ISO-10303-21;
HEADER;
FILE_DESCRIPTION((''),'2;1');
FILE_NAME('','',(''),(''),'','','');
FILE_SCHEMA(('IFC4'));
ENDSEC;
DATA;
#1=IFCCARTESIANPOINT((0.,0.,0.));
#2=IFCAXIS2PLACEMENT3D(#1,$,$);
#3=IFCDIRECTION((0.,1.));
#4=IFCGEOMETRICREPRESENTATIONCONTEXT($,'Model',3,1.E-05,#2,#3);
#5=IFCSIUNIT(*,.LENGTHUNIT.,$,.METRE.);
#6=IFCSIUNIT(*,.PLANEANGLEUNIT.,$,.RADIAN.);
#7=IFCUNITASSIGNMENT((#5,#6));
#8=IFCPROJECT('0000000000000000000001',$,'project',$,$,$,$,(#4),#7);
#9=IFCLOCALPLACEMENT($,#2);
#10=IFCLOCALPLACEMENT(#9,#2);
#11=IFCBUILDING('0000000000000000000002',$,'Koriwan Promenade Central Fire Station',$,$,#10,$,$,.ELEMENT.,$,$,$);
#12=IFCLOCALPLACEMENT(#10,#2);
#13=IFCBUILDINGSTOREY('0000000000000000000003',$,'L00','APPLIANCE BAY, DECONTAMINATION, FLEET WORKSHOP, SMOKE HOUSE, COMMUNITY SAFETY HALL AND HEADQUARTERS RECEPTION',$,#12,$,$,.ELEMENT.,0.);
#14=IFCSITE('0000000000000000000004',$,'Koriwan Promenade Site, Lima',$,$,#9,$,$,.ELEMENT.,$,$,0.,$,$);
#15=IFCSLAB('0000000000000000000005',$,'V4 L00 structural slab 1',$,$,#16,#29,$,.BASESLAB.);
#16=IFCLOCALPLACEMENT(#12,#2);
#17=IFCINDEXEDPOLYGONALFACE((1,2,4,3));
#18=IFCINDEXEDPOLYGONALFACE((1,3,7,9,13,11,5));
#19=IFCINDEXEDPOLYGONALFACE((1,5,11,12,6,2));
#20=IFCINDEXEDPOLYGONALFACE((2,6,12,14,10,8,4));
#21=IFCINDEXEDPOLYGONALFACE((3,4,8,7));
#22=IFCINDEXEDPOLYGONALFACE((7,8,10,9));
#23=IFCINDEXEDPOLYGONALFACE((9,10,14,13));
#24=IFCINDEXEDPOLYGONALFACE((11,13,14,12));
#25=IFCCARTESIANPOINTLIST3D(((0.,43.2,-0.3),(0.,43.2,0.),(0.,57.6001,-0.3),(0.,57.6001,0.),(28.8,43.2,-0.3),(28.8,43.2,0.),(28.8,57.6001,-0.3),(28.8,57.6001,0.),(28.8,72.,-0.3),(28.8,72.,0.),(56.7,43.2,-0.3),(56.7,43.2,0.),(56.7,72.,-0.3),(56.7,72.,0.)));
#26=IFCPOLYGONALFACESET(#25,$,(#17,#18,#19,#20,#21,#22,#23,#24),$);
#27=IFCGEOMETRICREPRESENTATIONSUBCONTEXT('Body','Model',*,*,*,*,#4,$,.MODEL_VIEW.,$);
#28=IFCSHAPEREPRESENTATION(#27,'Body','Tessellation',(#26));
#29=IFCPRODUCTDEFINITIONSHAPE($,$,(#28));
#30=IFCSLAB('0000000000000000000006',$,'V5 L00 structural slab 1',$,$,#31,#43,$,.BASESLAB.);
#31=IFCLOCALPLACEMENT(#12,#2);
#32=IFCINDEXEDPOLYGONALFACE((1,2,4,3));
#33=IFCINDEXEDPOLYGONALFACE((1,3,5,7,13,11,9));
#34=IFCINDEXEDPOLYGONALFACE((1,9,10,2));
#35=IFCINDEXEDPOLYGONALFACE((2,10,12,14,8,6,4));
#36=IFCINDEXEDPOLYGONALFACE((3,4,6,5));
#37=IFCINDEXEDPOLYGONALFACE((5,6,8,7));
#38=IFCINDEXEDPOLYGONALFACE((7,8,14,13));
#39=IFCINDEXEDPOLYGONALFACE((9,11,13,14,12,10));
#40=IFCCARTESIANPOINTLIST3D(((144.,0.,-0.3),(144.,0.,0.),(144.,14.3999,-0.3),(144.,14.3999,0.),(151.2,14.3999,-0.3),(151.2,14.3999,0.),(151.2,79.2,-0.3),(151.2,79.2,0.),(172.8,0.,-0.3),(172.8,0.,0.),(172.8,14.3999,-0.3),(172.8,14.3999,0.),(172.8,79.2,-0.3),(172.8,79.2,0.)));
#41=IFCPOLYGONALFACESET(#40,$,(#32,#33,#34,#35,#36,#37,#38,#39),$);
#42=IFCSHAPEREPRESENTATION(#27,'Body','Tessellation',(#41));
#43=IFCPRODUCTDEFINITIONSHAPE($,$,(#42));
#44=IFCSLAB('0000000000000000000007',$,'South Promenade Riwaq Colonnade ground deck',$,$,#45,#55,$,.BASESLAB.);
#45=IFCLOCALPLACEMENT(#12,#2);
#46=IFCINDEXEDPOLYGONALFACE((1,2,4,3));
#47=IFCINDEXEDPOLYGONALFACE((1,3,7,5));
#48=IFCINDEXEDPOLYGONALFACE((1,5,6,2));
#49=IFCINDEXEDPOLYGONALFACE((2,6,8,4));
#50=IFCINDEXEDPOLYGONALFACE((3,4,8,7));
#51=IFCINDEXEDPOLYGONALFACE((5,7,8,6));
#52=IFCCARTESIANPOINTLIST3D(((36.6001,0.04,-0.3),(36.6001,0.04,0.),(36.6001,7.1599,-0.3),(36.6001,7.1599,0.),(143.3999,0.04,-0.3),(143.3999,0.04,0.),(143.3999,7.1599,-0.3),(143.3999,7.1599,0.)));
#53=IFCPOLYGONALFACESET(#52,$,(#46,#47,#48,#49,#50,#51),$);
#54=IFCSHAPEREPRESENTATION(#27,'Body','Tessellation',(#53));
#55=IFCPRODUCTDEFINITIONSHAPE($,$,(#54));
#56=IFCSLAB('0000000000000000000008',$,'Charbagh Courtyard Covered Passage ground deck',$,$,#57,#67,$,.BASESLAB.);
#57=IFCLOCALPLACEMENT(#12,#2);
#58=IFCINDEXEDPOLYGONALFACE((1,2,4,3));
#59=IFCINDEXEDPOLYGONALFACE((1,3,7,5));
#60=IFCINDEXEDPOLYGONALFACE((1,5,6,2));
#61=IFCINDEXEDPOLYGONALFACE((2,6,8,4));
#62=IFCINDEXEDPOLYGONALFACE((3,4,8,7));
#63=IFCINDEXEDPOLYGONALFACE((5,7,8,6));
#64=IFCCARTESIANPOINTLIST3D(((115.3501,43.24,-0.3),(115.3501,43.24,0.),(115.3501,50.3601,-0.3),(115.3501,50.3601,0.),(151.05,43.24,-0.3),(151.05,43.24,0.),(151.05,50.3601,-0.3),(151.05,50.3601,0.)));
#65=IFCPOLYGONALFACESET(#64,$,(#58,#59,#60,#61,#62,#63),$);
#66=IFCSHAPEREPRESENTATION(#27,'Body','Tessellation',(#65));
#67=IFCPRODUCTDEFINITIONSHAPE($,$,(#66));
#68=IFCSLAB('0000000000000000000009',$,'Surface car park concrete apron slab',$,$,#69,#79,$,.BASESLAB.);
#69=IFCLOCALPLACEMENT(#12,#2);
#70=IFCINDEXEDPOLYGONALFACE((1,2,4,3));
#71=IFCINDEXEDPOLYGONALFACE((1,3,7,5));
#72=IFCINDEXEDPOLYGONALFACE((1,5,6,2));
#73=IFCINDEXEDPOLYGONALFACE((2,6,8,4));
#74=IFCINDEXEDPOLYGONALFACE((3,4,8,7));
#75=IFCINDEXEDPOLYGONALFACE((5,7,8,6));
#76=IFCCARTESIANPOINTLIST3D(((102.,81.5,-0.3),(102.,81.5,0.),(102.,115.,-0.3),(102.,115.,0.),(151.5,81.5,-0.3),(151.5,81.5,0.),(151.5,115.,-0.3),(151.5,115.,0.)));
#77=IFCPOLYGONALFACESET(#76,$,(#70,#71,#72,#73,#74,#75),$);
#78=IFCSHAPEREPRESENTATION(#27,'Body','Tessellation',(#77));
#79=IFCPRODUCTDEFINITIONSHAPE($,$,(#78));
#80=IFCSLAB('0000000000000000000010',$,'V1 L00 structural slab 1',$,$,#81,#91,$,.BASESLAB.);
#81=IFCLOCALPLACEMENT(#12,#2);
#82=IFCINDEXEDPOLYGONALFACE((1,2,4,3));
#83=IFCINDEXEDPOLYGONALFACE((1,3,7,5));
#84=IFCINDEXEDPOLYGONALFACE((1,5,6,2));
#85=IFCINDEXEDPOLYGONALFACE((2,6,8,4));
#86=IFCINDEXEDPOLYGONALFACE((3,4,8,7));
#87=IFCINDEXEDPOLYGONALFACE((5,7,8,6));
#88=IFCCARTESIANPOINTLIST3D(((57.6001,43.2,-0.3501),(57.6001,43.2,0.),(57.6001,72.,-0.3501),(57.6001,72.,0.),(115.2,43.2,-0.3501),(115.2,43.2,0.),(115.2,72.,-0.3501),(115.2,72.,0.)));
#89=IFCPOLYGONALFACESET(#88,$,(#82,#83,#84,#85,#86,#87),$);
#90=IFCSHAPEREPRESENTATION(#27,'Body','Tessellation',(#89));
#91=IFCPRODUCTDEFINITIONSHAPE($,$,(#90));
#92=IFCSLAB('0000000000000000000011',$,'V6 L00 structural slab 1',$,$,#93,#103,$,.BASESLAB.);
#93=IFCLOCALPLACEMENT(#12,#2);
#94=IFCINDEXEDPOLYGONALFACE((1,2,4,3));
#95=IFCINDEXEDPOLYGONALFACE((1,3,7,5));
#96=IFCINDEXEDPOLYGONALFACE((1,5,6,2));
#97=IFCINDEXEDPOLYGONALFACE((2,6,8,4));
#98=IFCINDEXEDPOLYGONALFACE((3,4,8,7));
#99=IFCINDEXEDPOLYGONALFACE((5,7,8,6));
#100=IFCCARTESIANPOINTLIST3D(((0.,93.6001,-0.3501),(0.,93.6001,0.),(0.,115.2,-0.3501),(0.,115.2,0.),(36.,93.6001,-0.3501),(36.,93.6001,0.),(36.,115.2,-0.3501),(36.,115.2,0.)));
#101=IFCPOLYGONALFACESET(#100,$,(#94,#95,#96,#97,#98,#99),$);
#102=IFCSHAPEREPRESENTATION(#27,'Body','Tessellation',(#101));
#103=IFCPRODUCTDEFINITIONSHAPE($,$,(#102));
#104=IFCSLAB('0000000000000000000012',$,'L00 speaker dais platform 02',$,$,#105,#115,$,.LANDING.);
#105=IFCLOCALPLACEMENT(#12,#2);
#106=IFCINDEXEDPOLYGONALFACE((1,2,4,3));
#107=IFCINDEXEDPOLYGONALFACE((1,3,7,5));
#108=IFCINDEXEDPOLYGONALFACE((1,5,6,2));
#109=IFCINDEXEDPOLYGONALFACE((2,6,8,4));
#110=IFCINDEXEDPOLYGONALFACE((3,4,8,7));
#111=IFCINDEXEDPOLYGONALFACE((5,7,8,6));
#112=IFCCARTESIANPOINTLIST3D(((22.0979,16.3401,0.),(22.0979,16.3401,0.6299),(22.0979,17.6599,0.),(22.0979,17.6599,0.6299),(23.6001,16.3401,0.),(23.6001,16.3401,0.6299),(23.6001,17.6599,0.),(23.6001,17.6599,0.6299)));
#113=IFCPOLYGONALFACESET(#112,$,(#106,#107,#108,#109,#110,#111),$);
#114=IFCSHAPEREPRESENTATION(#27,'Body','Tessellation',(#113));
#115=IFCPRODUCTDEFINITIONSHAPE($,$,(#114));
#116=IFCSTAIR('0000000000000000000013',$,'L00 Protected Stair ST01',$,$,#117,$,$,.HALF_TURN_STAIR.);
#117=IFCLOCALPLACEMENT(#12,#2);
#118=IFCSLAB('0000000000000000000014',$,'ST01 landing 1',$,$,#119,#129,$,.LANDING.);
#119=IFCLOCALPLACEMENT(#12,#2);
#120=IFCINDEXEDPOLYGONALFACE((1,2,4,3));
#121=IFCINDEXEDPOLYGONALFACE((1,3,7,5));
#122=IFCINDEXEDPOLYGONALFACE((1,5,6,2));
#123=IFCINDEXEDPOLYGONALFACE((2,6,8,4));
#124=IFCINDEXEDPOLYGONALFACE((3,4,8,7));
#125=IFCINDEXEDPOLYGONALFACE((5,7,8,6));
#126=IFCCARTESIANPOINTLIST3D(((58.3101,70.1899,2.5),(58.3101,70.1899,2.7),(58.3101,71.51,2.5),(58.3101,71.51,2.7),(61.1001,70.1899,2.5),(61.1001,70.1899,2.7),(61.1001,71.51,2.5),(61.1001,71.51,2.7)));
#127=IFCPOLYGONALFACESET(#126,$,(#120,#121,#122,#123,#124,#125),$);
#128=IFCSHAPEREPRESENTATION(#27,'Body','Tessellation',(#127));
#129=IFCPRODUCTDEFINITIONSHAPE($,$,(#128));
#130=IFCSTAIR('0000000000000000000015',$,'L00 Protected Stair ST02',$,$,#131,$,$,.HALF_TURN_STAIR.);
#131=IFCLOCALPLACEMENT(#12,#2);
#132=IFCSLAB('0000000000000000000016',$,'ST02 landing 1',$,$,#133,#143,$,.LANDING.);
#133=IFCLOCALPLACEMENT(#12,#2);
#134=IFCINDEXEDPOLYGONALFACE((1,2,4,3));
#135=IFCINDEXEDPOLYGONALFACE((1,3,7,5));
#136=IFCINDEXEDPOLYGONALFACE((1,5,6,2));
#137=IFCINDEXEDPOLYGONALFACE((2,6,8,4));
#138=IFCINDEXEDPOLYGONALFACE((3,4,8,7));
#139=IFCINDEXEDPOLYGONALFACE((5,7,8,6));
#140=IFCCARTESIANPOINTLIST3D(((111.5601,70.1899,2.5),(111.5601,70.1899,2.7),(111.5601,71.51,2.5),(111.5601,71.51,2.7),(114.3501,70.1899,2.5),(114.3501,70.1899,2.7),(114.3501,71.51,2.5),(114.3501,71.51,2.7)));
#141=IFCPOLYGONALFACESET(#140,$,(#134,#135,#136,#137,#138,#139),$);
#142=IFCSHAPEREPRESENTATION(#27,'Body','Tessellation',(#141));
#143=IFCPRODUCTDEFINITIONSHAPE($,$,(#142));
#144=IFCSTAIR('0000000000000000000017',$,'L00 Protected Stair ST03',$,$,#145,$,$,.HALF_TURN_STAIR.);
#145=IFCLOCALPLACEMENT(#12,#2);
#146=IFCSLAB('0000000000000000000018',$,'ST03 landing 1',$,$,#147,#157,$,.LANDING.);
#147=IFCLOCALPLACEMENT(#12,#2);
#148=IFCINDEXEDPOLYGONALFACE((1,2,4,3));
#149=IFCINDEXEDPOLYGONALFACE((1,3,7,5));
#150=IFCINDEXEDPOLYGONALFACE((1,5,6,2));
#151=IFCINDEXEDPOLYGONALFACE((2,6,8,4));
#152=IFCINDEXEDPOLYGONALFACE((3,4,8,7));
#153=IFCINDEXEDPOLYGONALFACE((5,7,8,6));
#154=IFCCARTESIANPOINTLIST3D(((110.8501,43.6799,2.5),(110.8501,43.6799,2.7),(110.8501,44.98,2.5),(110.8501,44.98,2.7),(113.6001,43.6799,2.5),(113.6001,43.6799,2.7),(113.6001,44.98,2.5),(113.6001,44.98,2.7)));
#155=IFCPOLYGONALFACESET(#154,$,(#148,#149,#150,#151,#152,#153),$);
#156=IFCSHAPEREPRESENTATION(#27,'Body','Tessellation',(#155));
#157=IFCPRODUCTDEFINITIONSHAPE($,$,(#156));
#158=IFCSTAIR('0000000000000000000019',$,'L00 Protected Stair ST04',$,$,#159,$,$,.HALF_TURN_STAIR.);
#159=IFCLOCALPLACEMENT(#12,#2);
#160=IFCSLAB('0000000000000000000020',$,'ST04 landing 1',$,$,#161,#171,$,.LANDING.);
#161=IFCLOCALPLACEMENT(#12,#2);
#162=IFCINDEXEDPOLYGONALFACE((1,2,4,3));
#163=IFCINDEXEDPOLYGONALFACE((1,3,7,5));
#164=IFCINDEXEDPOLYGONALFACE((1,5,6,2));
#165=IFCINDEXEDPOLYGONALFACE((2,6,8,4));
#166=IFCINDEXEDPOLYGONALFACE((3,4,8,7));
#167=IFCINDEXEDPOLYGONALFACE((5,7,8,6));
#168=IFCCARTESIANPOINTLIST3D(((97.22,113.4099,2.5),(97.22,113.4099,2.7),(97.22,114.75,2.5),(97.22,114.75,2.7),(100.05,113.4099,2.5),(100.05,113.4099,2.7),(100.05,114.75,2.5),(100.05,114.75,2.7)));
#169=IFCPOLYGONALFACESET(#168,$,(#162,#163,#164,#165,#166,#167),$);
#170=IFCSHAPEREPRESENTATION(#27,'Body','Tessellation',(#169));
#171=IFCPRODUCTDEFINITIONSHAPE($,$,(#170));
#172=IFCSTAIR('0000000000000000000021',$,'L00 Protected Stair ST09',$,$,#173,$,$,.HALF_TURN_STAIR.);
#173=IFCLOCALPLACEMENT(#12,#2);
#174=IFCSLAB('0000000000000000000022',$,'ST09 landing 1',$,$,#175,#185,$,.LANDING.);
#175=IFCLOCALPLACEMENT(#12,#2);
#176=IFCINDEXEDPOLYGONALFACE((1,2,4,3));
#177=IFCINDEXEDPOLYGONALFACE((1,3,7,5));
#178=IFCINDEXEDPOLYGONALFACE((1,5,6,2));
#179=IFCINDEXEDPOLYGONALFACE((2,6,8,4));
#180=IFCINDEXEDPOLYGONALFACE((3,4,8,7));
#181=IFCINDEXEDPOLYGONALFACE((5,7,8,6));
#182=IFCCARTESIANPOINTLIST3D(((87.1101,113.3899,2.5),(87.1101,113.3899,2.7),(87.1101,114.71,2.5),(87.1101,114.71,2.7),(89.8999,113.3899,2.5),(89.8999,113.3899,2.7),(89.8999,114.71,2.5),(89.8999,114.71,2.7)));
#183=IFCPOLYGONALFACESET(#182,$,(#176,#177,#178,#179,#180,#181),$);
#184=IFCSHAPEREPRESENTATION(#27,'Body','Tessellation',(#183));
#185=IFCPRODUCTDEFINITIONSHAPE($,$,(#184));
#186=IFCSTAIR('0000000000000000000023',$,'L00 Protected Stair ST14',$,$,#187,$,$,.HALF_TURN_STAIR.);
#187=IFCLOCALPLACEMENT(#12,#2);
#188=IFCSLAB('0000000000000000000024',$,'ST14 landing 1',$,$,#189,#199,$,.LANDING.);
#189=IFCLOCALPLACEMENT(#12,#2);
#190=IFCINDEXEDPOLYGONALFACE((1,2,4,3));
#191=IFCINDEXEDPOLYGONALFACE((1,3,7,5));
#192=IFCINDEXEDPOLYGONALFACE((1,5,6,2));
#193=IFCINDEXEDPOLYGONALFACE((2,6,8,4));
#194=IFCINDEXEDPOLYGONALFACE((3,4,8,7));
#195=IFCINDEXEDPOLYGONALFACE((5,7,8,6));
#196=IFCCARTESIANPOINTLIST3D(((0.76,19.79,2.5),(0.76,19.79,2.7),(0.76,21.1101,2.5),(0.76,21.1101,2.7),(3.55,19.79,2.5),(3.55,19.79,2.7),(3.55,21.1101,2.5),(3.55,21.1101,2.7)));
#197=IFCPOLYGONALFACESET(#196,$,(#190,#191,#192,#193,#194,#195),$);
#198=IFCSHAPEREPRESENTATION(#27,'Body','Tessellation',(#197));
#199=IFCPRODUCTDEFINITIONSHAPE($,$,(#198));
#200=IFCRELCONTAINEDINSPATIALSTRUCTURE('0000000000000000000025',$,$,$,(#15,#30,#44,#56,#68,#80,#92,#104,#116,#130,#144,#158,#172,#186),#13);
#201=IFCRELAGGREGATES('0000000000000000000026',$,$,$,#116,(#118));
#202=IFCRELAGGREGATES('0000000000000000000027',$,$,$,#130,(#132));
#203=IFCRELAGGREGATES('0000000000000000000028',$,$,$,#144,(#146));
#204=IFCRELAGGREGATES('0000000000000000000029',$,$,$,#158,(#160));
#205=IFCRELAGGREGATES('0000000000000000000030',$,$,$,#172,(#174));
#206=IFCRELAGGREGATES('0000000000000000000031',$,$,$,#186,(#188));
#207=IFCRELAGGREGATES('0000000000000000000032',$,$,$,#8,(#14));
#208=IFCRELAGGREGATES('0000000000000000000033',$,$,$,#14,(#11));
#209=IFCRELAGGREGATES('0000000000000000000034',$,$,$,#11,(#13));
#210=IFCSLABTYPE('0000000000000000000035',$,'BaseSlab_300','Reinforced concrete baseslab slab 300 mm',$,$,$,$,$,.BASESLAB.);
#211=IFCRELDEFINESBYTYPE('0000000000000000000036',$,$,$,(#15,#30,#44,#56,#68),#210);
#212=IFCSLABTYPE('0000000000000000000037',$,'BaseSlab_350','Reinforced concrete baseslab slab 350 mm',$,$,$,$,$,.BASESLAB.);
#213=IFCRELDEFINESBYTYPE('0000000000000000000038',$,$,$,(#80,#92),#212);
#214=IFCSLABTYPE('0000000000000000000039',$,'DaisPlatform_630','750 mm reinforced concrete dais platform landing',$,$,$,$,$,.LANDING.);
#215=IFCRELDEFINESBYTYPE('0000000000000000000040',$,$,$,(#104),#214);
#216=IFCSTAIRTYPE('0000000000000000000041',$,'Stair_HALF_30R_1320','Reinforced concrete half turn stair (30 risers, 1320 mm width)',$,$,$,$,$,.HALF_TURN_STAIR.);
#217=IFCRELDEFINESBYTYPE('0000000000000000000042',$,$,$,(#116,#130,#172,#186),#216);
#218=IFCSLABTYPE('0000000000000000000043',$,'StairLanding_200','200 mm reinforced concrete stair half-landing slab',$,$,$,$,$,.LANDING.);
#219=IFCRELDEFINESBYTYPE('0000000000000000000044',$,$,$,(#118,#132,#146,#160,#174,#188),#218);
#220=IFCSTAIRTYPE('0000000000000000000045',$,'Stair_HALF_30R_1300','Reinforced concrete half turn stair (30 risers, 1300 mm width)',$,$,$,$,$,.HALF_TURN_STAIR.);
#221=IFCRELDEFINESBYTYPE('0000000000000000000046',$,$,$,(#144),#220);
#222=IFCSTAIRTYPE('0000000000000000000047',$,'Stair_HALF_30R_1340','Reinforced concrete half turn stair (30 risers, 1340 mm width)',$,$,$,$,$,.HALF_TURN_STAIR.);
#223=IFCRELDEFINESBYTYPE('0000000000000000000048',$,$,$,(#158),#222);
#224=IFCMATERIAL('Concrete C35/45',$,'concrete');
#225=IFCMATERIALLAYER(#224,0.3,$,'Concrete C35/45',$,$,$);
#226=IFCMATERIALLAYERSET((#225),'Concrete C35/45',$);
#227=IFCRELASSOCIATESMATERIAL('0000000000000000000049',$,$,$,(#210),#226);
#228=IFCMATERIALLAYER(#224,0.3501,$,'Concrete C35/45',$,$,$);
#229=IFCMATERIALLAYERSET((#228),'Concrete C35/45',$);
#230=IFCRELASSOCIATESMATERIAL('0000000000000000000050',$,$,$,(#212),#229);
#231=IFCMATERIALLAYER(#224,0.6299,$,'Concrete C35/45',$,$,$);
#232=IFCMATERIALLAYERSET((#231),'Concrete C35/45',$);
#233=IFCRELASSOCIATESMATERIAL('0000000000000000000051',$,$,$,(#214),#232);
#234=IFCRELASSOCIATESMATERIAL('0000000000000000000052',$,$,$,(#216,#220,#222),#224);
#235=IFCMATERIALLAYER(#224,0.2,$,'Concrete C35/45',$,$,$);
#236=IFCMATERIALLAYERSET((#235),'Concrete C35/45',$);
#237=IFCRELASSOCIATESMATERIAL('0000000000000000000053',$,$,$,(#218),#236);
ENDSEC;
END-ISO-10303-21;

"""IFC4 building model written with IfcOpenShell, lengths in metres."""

from ifc_helpers import new_model, si_unit, direction, frame, origin, place, context, subcontext, project, spatial, polyline, outline, extrude, material, layer, layer_set, type_object, element, aggregate, save


model = new_model("IFC4")

# Units and contexts
model_context = context("Model", 3, precision=1e-05, world=origin(), true_north=direction((0.0, 1.0)))
body_context = subcontext(model_context, "Body", "Model", "MODEL_VIEW")
ifc_project = project(units=[si_unit("LENGTHUNIT", "METRE"), si_unit("PLANEANGLEUNIT", "RADIAN")], contexts=[model_context])

# Site, building, storey
site_placement = place(None, origin())
site = spatial("IfcSite", under=ifc_project, at=site_placement, Name="Koriwan Promenade Site, Lima", CompositionType="ELEMENT", RefElevation=0.0)
building_placement = place(site_placement, origin())
building = spatial("IfcBuilding", under=site, at=building_placement, Name="Koriwan Promenade Central Fire Station", CompositionType="ELEMENT")
storey_placement = place(building_placement, origin())
storey = spatial("IfcBuildingStorey", under=building, at=storey_placement, Name="L00", Description="APPLIANCE BAY, DECONTAMINATION, FLEET WORKSHOP, SMOKE HOUSE, COMMUNITY SAFETY HALL AND HEADQUARTERS RECEPTION", CompositionType="ELEMENT", Elevation=0.0)

# Shared definitions
ifc_material_1 = material(Name="Concrete C35/45", Category="concrete")

# Slabs
ifc_layer_1 = layer(ifc_material_1, 0.3, Name="Concrete C35/45")
ifc_layer_set_1 = layer_set([ifc_layer_1], Name="Concrete C35/45")
slab_type_1 = type_object("IfcSlabType", Name="BaseSlab_300", Description="Reinforced concrete baseslab slab 300 mm", PredefinedType="BASESLAB", material=ifc_layer_set_1)
slab_1_placement = place(storey_placement, frame((0.0, 0.0, -0.3)))
element("IfcSlab", 1, at=slab_1_placement, inside=storey, type_object=slab_type_1, Name="V4 L00 structural slab 1", PredefinedType="BASESLAB", context=body_context, shape_type="SweptSolid", body=[
    extrude(outline(polyline([(0.0, 43.2), (0.0, 57.6001), (28.8, 57.6001), (28.8, 72.0), (56.7, 72.0), (56.7, 43.2), (28.8, 43.2), (0.0, 43.2)])), origin(), (0.0, 0.0, 1.0), 0.3),
])
slab_2_placement = place(storey_placement, frame((0.0, 0.0, -0.3)))
element("IfcSlab", 2, at=slab_2_placement, inside=storey, type_object=slab_type_1, Name="V5 L00 structural slab 1", PredefinedType="BASESLAB", context=body_context, shape_type="SweptSolid", body=[
    extrude(outline(polyline([(172.8, 0.0), (144.0, 0.0), (144.0, 14.3999), (151.2, 14.3999), (151.2, 79.2), (172.8, 79.2), (172.8, 14.3999), (172.8, 0.0)])), origin(), (0.0, 0.0, 1.0), 0.3),
])
slab_3_placement = place(storey_placement, frame((0.0, 0.0, -0.3)))
element("IfcSlab", 3, at=slab_3_placement, inside=storey, type_object=slab_type_1, Name="South Promenade Riwaq Colonnade ground deck", PredefinedType="BASESLAB", context=body_context, shape_type="SweptSolid", body=[
    extrude(outline(polyline([(36.6001, 0.04), (143.3999, 0.04), (143.3999, 7.1599), (36.6001, 7.1599), (36.6001, 0.04)])), origin(), (0.0, 0.0, 1.0), 0.3),
])
slab_4_placement = place(storey_placement, frame((0.0, 0.0, -0.3)))
element("IfcSlab", 4, at=slab_4_placement, inside=storey, type_object=slab_type_1, Name="Charbagh Courtyard Covered Passage ground deck", PredefinedType="BASESLAB", context=body_context, shape_type="SweptSolid", body=[
    extrude(outline(polyline([(115.3501, 43.24), (151.05, 43.24), (151.05, 50.3601), (115.3501, 50.3601), (115.3501, 43.24)])), origin(), (0.0, 0.0, 1.0), 0.3),
])
slab_5_placement = place(storey_placement, frame((0.0, 0.0, -0.3)))
element("IfcSlab", 5, at=slab_5_placement, inside=storey, type_object=slab_type_1, Name="Surface car park concrete apron slab", PredefinedType="BASESLAB", context=body_context, shape_type="SweptSolid", body=[
    extrude(outline(polyline([(102.0, 81.5), (151.5, 81.5), (151.5, 115.0), (102.0, 115.0), (102.0, 81.5)])), origin(), (0.0, 0.0, 1.0), 0.3),
])
ifc_layer_2 = layer(ifc_material_1, 0.3501, Name="Concrete C35/45")
ifc_layer_set_2 = layer_set([ifc_layer_2], Name="Concrete C35/45")
slab_type_2 = type_object("IfcSlabType", Name="BaseSlab_350", Description="Reinforced concrete baseslab slab 350 mm", PredefinedType="BASESLAB", material=ifc_layer_set_2)
slab_6_placement = place(storey_placement, frame((0.0, 0.0, -0.3501)))
element("IfcSlab", 6, at=slab_6_placement, inside=storey, type_object=slab_type_2, Name="V1 L00 structural slab 1", PredefinedType="BASESLAB", context=body_context, shape_type="SweptSolid", body=[
    extrude(outline(polyline([(115.2, 43.2), (115.2, 72.0), (57.6001, 72.0), (57.6001, 43.2), (115.2, 43.2)])), origin(), (0.0, 0.0, 1.0), 0.3501),
])
slab_7_placement = place(storey_placement, frame((0.0, 0.0, -0.3501)))
element("IfcSlab", 7, at=slab_7_placement, inside=storey, type_object=slab_type_2, Name="V6 L00 structural slab 1", PredefinedType="BASESLAB", context=body_context, shape_type="SweptSolid", body=[
    extrude(outline(polyline([(36.0, 93.6001), (36.0, 115.2), (0.0, 115.2), (0.0, 93.6001), (36.0, 93.6001)])), origin(), (0.0, 0.0, 1.0), 0.3501),
])
ifc_layer_3 = layer(ifc_material_1, 0.6299, Name="Concrete C35/45")
ifc_layer_set_3 = layer_set([ifc_layer_3], Name="Concrete C35/45")
slab_type_3 = type_object("IfcSlabType", Name="DaisPlatform_630", Description="750 mm reinforced concrete dais platform landing", PredefinedType="LANDING", material=ifc_layer_set_3)
slab_8_placement = place(storey_placement, origin())
element("IfcSlab", 8, at=slab_8_placement, inside=storey, type_object=slab_type_3, Name="L00 speaker dais platform 02", PredefinedType="LANDING", context=body_context, shape_type="SweptSolid", body=[
    extrude(outline(polyline([(22.0979, 16.3401), (23.6001, 16.3401), (23.6001, 17.6599), (22.0979, 17.6599), (22.0979, 16.3401)])), origin(), (0.0, 0.0, 1.0), 0.6299),
])

# Stairs, slabs
stair_type_1 = type_object("IfcStairType", Name="Stair_HALF_30R_1320", Description="Reinforced concrete half turn stair (30 risers, 1320 mm width)", PredefinedType="HALF_TURN_STAIR", material=ifc_material_1)
stair_1_placement = place(storey_placement, origin())
stair_1 = element("IfcStair", 9, at=stair_1_placement, inside=storey, type_object=stair_type_1, Name="L00 Protected Stair ST01", PredefinedType="HALF_TURN_STAIR")
ifc_layer_4 = layer(ifc_material_1, 0.2, Name="Concrete C35/45")
ifc_layer_set_4 = layer_set([ifc_layer_4], Name="Concrete C35/45")
slab_type_4 = type_object("IfcSlabType", Name="StairLanding_200", Description="200 mm reinforced concrete stair half-landing slab", PredefinedType="LANDING", material=ifc_layer_set_4)
slab_9_placement = place(storey_placement, frame((0.0, 0.0, 2.5)))
slab_9 = element("IfcSlab", 10, at=slab_9_placement, type_object=slab_type_4, Name="ST01 landing 1", PredefinedType="LANDING", context=body_context, shape_type="SweptSolid", body=[
    extrude(outline(polyline([(61.1001, 70.1899), (61.1001, 71.51), (58.3101, 71.51), (58.3101, 70.1899), (61.1001, 70.1899)])), origin(), (0.0, 0.0, 1.0), 0.2),
])
aggregate(stair_1, [slab_9])
stair_2_placement = place(storey_placement, origin())
stair_2 = element("IfcStair", 11, at=stair_2_placement, inside=storey, type_object=stair_type_1, Name="L00 Protected Stair ST02", PredefinedType="HALF_TURN_STAIR")
slab_10_placement = place(storey_placement, frame((0.0, 0.0, 2.5)))
slab_10 = element("IfcSlab", 12, at=slab_10_placement, type_object=slab_type_4, Name="ST02 landing 1", PredefinedType="LANDING", context=body_context, shape_type="SweptSolid", body=[
    extrude(outline(polyline([(114.3501, 70.1899), (114.3501, 71.51), (111.5601, 71.51), (111.5601, 70.1899), (114.3501, 70.1899)])), origin(), (0.0, 0.0, 1.0), 0.2),
])
aggregate(stair_2, [slab_10])
stair_type_2 = type_object("IfcStairType", Name="Stair_HALF_30R_1300", Description="Reinforced concrete half turn stair (30 risers, 1300 mm width)", PredefinedType="HALF_TURN_STAIR", material=ifc_material_1)
stair_3_placement = place(storey_placement, origin())
stair_3 = element("IfcStair", 13, at=stair_3_placement, inside=storey, type_object=stair_type_2, Name="L00 Protected Stair ST03", PredefinedType="HALF_TURN_STAIR")
slab_11_placement = place(storey_placement, frame((0.0, 0.0, 2.5)))
slab_11 = element("IfcSlab", 14, at=slab_11_placement, type_object=slab_type_4, Name="ST03 landing 1", PredefinedType="LANDING", context=body_context, shape_type="SweptSolid", body=[
    extrude(outline(polyline([(110.8501, 44.98), (110.8501, 43.6799), (113.6001, 43.6799), (113.6001, 44.98), (110.8501, 44.98)])), origin(), (0.0, 0.0, 1.0), 0.2),
])
aggregate(stair_3, [slab_11])
stair_type_3 = type_object("IfcStairType", Name="Stair_HALF_30R_1340", Description="Reinforced concrete half turn stair (30 risers, 1340 mm width)", PredefinedType="HALF_TURN_STAIR", material=ifc_material_1)
stair_4_placement = place(storey_placement, origin())
stair_4 = element("IfcStair", 15, at=stair_4_placement, inside=storey, type_object=stair_type_3, Name="L00 Protected Stair ST04", PredefinedType="HALF_TURN_STAIR")
slab_12_placement = place(storey_placement, frame((0.0, 0.0, 2.5)))
slab_12 = element("IfcSlab", 16, at=slab_12_placement, type_object=slab_type_4, Name="ST04 landing 1", PredefinedType="LANDING", context=body_context, shape_type="SweptSolid", body=[
    extrude(outline(polyline([(100.05, 113.4099), (100.05, 114.75), (97.22, 114.75), (97.22, 113.4099), (100.05, 113.4099)])), origin(), (0.0, 0.0, 1.0), 0.2),
])
aggregate(stair_4, [slab_12])
stair_5_placement = place(storey_placement, origin())
stair_5 = element("IfcStair", 17, at=stair_5_placement, inside=storey, type_object=stair_type_1, Name="L00 Protected Stair ST09", PredefinedType="HALF_TURN_STAIR")
slab_13_placement = place(storey_placement, frame((0.0, 0.0, 2.5)))
slab_13 = element("IfcSlab", 18, at=slab_13_placement, type_object=slab_type_4, Name="ST09 landing 1", PredefinedType="LANDING", context=body_context, shape_type="SweptSolid", body=[
    extrude(outline(polyline([(89.8999, 113.3899), (89.8999, 114.71), (87.1101, 114.71), (87.1101, 113.3899), (89.8999, 113.3899)])), origin(), (0.0, 0.0, 1.0), 0.2),
])
aggregate(stair_5, [slab_13])
stair_6_placement = place(storey_placement, origin())
stair_6 = element("IfcStair", 19, at=stair_6_placement, inside=storey, type_object=stair_type_1, Name="L00 Protected Stair ST14", PredefinedType="HALF_TURN_STAIR")
slab_14_placement = place(storey_placement, frame((0.0, 0.0, 2.5)))
slab_14 = element("IfcSlab", 20, at=slab_14_placement, type_object=slab_type_4, Name="ST14 landing 1", PredefinedType="LANDING", context=body_context, shape_type="SweptSolid", body=[
    extrude(outline(polyline([(3.55, 19.79), (3.55, 21.1101), (0.76, 21.1101), (0.76, 19.79), (3.55, 19.79)])), origin(), (0.0, 0.0, 1.0), 0.2),
])
aggregate(stair_6, [slab_14])

save(model, "model.ifc")
